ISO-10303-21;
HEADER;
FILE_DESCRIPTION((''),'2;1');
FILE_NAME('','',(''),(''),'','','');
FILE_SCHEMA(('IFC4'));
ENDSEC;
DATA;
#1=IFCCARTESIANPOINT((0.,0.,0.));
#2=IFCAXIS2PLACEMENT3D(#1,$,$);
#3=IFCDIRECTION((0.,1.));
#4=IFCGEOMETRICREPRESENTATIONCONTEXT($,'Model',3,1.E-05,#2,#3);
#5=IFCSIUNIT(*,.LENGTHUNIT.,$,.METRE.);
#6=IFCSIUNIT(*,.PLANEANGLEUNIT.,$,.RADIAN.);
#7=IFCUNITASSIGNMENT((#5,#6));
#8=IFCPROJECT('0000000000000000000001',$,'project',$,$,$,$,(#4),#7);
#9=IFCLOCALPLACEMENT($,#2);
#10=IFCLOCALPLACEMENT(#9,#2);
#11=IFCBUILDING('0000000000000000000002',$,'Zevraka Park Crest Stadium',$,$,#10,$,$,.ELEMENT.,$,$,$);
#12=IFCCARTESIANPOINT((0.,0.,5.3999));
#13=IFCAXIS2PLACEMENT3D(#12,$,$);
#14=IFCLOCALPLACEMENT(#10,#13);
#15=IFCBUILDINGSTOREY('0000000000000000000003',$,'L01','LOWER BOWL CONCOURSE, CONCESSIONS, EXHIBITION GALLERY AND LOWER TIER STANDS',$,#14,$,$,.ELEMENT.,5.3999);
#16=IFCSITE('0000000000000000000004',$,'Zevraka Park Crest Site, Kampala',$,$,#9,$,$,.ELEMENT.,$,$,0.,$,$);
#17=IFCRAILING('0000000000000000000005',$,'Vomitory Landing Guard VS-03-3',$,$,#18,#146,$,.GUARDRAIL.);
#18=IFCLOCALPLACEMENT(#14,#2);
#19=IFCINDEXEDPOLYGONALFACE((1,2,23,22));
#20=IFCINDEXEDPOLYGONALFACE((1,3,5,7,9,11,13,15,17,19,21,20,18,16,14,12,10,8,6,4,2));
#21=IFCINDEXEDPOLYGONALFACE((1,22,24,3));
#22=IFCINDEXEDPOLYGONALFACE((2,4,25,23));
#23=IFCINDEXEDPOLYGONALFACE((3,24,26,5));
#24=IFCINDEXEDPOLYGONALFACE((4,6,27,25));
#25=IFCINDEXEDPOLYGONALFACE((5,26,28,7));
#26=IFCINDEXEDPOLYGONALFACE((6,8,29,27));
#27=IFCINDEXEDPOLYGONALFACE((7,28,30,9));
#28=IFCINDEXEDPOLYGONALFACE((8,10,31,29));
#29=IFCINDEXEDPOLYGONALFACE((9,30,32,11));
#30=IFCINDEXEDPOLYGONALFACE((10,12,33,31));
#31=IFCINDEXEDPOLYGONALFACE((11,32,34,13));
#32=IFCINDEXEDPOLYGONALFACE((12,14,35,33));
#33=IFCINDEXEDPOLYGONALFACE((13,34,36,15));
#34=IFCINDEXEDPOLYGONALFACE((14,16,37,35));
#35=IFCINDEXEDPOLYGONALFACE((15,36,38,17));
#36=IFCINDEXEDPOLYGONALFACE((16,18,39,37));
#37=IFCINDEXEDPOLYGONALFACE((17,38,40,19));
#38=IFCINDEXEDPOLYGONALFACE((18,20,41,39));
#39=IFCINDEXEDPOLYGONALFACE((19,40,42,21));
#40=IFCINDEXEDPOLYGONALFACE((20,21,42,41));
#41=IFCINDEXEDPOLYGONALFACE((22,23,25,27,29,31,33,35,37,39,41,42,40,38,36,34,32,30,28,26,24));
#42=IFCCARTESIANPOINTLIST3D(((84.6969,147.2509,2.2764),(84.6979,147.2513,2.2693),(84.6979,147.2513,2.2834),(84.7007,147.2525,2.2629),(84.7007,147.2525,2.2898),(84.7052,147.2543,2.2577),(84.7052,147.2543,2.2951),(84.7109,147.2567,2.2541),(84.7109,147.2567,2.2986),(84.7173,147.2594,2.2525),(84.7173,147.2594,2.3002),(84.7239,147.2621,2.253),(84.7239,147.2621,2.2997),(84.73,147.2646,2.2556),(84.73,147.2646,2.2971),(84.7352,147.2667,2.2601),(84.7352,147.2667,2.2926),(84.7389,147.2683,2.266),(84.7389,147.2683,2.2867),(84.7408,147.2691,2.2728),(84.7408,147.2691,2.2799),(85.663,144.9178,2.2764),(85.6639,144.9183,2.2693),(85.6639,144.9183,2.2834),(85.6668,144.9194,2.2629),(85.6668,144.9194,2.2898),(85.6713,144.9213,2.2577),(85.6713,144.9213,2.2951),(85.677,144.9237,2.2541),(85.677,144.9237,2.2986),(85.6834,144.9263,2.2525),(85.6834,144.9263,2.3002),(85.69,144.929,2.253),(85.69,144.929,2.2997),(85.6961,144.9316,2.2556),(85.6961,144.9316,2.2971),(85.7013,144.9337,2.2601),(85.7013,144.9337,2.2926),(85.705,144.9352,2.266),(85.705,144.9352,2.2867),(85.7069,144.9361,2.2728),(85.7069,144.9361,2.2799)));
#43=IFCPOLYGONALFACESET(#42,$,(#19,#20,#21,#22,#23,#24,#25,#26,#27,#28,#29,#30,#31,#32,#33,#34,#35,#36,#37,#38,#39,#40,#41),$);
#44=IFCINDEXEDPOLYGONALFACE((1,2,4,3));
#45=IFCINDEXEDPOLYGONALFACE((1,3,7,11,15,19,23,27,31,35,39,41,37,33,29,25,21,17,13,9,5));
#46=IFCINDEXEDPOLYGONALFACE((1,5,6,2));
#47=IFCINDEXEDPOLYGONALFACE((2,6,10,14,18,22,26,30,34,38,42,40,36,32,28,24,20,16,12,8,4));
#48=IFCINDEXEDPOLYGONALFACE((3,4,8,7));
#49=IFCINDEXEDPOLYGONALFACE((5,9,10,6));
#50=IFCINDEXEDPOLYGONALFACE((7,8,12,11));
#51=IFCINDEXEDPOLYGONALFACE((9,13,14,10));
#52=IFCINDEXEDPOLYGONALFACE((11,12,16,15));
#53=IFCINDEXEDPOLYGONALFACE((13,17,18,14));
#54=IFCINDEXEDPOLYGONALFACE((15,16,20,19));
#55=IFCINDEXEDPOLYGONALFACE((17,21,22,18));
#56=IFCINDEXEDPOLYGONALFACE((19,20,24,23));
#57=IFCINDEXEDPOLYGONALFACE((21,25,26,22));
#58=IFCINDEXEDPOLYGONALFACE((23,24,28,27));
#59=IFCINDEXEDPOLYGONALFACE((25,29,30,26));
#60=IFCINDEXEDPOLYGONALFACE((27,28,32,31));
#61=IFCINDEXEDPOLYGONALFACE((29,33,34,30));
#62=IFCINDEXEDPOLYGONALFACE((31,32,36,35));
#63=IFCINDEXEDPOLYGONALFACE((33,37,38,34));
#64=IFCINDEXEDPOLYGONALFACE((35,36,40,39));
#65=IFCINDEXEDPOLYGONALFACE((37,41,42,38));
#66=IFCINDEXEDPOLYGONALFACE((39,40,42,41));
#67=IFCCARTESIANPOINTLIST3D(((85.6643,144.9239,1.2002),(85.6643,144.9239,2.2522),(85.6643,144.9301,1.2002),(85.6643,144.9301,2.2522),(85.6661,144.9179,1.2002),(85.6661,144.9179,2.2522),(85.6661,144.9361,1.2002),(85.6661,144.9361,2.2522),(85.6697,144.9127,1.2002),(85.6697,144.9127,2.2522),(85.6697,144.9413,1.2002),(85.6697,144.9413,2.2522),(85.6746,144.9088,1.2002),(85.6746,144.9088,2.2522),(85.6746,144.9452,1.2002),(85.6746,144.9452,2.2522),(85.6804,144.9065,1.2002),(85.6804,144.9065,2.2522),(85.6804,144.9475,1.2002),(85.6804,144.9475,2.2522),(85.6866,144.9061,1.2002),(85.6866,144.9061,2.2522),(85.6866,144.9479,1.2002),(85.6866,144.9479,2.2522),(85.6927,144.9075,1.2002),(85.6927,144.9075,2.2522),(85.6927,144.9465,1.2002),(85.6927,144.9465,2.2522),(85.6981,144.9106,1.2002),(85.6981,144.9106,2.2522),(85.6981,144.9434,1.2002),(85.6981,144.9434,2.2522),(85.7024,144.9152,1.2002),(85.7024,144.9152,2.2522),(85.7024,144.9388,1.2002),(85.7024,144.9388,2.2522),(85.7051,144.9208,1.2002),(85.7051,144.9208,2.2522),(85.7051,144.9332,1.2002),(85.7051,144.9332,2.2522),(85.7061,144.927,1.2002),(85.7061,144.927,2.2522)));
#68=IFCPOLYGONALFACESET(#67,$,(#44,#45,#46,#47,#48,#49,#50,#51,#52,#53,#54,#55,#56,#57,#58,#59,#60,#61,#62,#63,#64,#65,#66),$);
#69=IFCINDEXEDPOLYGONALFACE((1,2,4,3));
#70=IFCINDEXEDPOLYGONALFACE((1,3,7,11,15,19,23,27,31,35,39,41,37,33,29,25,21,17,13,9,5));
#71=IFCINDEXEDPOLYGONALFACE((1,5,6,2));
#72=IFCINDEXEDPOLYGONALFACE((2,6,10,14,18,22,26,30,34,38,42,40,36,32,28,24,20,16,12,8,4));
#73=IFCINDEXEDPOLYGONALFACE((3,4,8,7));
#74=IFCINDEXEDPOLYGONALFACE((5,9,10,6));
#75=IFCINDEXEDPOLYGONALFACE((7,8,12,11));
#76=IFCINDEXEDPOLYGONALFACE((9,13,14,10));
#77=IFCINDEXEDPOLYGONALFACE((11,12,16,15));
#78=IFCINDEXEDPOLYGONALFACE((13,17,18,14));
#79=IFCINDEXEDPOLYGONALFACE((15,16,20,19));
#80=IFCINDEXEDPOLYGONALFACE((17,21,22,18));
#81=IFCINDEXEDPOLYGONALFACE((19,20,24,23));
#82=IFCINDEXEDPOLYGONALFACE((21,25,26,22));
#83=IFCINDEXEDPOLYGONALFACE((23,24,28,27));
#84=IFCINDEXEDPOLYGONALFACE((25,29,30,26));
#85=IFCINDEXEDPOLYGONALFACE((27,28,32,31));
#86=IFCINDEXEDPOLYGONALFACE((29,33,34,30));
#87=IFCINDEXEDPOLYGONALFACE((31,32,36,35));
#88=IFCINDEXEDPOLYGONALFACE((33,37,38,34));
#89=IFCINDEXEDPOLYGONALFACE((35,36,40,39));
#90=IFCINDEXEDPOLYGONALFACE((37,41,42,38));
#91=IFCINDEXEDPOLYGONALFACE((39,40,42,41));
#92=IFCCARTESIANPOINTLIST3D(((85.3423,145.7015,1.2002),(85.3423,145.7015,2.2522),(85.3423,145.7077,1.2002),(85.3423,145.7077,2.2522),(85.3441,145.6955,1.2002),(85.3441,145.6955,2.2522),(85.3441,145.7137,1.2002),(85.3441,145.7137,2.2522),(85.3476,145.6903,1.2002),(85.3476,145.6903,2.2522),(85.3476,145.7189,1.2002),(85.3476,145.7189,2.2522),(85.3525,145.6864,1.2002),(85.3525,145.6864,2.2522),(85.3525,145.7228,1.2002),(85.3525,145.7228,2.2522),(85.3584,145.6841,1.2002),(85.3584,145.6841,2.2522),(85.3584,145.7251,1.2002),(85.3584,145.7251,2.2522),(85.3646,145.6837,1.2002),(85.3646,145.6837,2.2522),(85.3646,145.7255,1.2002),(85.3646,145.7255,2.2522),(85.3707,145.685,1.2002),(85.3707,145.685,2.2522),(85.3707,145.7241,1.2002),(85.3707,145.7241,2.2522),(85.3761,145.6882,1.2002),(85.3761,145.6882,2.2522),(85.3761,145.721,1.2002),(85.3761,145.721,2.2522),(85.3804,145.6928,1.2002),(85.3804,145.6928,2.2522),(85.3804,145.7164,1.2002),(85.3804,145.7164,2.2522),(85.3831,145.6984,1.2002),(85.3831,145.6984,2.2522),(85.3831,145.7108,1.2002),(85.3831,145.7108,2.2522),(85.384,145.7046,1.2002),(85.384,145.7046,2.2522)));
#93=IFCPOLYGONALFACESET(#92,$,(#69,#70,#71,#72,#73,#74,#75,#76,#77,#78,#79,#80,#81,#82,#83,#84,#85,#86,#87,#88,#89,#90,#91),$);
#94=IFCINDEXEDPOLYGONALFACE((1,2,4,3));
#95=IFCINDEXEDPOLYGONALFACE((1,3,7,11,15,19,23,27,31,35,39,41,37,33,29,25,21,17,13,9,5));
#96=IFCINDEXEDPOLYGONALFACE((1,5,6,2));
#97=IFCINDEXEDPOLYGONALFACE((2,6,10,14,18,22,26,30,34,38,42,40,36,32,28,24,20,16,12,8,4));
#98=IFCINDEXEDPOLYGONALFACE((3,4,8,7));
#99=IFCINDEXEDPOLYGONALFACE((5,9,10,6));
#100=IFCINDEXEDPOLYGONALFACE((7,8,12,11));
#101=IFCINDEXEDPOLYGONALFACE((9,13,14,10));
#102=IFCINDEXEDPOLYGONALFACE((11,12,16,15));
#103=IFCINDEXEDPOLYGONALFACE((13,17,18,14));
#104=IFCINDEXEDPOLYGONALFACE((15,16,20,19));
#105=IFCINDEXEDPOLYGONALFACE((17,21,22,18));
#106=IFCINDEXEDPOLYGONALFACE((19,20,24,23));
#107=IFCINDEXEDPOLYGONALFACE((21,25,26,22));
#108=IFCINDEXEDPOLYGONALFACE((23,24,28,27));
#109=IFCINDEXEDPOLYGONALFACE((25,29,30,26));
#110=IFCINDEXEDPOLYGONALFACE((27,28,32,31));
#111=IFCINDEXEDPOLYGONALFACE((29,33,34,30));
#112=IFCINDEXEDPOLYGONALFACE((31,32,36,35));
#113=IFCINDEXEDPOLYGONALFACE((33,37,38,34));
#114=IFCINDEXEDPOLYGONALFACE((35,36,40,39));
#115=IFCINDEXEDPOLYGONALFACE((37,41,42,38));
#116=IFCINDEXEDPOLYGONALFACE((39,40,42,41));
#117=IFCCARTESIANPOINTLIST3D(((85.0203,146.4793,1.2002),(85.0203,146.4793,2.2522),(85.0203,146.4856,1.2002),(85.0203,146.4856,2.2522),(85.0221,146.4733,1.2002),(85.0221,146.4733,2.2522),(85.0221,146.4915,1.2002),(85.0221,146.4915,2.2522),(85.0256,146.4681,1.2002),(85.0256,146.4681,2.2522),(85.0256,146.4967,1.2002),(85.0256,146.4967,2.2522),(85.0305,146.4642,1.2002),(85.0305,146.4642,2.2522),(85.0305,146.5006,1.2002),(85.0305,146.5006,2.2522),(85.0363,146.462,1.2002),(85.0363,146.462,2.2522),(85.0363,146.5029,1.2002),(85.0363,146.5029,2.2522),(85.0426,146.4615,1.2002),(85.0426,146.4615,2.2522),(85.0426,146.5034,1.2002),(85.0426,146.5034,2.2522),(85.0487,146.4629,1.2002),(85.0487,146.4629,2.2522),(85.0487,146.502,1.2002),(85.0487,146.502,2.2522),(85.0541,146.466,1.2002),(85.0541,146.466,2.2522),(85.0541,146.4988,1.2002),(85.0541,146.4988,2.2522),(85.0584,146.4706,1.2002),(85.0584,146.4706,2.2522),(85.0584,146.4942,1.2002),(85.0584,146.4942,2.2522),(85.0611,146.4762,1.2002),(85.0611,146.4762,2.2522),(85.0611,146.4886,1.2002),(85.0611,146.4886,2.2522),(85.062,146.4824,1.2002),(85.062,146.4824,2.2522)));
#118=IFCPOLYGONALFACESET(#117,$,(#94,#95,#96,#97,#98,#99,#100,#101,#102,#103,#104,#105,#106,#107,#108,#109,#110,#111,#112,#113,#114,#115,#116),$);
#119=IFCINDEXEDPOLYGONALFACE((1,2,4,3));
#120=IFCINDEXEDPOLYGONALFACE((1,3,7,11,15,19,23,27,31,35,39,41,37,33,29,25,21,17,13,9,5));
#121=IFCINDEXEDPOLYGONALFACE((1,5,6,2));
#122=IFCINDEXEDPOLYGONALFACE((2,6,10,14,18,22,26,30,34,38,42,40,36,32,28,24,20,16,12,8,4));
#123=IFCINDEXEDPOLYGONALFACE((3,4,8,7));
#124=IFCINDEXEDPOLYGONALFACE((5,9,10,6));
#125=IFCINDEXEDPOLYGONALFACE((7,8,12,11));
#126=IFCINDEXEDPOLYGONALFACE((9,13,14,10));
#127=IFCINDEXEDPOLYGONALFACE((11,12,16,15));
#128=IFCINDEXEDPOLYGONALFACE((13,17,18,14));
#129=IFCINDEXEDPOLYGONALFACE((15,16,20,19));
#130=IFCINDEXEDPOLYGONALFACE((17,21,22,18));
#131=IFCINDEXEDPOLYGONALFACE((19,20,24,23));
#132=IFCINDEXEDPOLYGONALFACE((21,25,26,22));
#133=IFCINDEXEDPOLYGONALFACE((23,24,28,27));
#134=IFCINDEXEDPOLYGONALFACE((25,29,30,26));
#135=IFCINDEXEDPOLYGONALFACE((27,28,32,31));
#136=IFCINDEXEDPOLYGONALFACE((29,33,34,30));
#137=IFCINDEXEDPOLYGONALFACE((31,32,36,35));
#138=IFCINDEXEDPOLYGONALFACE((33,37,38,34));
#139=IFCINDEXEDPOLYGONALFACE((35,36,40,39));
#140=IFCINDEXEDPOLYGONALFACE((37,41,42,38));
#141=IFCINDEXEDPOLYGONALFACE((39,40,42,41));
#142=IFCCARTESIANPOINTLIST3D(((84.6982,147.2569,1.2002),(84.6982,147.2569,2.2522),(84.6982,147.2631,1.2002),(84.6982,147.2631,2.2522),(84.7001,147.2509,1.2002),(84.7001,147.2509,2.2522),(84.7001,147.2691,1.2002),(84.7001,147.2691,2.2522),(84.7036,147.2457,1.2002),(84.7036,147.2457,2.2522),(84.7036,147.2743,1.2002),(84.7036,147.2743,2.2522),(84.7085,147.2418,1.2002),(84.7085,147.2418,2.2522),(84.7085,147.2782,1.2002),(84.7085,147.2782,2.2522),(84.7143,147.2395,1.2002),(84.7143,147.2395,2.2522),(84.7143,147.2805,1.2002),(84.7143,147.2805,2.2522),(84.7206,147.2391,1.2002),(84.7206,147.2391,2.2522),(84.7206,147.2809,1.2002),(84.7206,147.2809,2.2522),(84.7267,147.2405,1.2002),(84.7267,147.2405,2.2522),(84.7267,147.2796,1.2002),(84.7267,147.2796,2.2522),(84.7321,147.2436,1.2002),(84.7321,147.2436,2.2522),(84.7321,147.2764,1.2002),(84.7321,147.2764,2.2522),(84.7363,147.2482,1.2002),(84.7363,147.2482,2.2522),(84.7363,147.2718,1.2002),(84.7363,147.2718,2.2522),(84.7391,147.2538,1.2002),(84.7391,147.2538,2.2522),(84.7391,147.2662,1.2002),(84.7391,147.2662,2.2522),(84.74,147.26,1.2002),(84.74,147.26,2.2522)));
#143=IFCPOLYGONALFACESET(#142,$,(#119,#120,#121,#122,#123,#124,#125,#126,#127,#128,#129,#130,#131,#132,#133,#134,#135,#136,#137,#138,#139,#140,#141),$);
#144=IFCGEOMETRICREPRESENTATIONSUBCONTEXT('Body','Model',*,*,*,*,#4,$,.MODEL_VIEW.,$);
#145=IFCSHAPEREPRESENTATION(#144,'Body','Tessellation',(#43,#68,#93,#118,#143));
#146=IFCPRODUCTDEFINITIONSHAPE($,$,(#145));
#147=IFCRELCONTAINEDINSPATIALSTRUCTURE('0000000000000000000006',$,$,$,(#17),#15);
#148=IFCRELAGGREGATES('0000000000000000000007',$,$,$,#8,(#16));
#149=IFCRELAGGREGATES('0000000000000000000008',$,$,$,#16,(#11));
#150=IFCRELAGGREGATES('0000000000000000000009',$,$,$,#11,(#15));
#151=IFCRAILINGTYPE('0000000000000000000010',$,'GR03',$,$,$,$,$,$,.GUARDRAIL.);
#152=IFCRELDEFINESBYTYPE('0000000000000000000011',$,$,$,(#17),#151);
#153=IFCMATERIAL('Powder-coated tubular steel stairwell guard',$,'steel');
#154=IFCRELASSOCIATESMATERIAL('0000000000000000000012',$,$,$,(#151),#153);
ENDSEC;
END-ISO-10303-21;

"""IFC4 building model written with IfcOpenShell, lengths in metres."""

from ifc_helpers import new_model, si_unit, direction, frame, origin, origin_2d, place, context, subcontext, project, spatial, circle, extrude, material, type_object, element, save


model = new_model("IFC4")

# Units and contexts
model_context = context("Model", 3, precision=1e-05, world=origin(), true_north=direction((0.0, 1.0)))
body_context = subcontext(model_context, "Body", "Model", "MODEL_VIEW")
ifc_project = project(units=[si_unit("LENGTHUNIT", "METRE"), si_unit("PLANEANGLEUNIT", "RADIAN")], contexts=[model_context])

# Site, building, storey
site_placement = place(None, origin())
site = spatial("IfcSite", under=ifc_project, at=site_placement, Name="Zevraka Park Crest Site, Kampala", CompositionType="ELEMENT", RefElevation=0.0)
building_placement = place(site_placement, origin())
building = spatial("IfcBuilding", under=site, at=building_placement, Name="Zevraka Park Crest Stadium", CompositionType="ELEMENT")
storey_placement = place(building_placement, frame((0.0, 0.0, 5.3999)))
storey = spatial("IfcBuildingStorey", under=building, at=storey_placement, Name="L01", Description="LOWER BOWL CONCOURSE, CONCESSIONS, EXHIBITION GALLERY AND LOWER TIER STANDS", CompositionType="ELEMENT", Elevation=5.3999)

# Railing
ifc_material_1 = material(Name="Powder-coated tubular steel stairwell guard", Category="steel")
railing_type_1 = type_object("IfcRailingType", Name="GR03", PredefinedType="GUARDRAIL", material=ifc_material_1)
railing_1_placement = place(storey_placement, frame((85.6851, 144.927, 1.2002)))
element("IfcRailing", 1, at=railing_1_placement, inside=storey, type_object=railing_type_1, Name="Vomitory Landing Guard VS-03-3", PredefinedType="GUARDRAIL", context=body_context, shape_type="SweptSolid", body=[
    extrude(circle(Radius=0.0239, at=origin_2d()), frame((0.0, 0.0, 1.0762), z_axis=(-0.382582, 0.923921, 0.0), x_axis=(-0.923921, -0.382582, 0.0)), (0.0, 0.0, 1.0), 2.5251),
    extrude(circle(Radius=0.021, at=origin_2d()), origin(), (0.0, 0.0, 1.0), 1.052),
    extrude(circle(Radius=0.021, at=origin_2d()), frame((-0.322, 0.7776, 0.0)), (0.0, 0.0, 1.0), 1.052),
    extrude(circle(Radius=0.021, at=origin_2d()), frame((-0.644, 1.5554, 0.0)), (0.0, 0.0, 1.0), 1.052),
    extrude(circle(Radius=0.021, at=origin_2d()), frame((-0.9661, 2.333, 0.0)), (0.0, 0.0, 1.0), 1.052),
])

save(model, "model.ifc")
